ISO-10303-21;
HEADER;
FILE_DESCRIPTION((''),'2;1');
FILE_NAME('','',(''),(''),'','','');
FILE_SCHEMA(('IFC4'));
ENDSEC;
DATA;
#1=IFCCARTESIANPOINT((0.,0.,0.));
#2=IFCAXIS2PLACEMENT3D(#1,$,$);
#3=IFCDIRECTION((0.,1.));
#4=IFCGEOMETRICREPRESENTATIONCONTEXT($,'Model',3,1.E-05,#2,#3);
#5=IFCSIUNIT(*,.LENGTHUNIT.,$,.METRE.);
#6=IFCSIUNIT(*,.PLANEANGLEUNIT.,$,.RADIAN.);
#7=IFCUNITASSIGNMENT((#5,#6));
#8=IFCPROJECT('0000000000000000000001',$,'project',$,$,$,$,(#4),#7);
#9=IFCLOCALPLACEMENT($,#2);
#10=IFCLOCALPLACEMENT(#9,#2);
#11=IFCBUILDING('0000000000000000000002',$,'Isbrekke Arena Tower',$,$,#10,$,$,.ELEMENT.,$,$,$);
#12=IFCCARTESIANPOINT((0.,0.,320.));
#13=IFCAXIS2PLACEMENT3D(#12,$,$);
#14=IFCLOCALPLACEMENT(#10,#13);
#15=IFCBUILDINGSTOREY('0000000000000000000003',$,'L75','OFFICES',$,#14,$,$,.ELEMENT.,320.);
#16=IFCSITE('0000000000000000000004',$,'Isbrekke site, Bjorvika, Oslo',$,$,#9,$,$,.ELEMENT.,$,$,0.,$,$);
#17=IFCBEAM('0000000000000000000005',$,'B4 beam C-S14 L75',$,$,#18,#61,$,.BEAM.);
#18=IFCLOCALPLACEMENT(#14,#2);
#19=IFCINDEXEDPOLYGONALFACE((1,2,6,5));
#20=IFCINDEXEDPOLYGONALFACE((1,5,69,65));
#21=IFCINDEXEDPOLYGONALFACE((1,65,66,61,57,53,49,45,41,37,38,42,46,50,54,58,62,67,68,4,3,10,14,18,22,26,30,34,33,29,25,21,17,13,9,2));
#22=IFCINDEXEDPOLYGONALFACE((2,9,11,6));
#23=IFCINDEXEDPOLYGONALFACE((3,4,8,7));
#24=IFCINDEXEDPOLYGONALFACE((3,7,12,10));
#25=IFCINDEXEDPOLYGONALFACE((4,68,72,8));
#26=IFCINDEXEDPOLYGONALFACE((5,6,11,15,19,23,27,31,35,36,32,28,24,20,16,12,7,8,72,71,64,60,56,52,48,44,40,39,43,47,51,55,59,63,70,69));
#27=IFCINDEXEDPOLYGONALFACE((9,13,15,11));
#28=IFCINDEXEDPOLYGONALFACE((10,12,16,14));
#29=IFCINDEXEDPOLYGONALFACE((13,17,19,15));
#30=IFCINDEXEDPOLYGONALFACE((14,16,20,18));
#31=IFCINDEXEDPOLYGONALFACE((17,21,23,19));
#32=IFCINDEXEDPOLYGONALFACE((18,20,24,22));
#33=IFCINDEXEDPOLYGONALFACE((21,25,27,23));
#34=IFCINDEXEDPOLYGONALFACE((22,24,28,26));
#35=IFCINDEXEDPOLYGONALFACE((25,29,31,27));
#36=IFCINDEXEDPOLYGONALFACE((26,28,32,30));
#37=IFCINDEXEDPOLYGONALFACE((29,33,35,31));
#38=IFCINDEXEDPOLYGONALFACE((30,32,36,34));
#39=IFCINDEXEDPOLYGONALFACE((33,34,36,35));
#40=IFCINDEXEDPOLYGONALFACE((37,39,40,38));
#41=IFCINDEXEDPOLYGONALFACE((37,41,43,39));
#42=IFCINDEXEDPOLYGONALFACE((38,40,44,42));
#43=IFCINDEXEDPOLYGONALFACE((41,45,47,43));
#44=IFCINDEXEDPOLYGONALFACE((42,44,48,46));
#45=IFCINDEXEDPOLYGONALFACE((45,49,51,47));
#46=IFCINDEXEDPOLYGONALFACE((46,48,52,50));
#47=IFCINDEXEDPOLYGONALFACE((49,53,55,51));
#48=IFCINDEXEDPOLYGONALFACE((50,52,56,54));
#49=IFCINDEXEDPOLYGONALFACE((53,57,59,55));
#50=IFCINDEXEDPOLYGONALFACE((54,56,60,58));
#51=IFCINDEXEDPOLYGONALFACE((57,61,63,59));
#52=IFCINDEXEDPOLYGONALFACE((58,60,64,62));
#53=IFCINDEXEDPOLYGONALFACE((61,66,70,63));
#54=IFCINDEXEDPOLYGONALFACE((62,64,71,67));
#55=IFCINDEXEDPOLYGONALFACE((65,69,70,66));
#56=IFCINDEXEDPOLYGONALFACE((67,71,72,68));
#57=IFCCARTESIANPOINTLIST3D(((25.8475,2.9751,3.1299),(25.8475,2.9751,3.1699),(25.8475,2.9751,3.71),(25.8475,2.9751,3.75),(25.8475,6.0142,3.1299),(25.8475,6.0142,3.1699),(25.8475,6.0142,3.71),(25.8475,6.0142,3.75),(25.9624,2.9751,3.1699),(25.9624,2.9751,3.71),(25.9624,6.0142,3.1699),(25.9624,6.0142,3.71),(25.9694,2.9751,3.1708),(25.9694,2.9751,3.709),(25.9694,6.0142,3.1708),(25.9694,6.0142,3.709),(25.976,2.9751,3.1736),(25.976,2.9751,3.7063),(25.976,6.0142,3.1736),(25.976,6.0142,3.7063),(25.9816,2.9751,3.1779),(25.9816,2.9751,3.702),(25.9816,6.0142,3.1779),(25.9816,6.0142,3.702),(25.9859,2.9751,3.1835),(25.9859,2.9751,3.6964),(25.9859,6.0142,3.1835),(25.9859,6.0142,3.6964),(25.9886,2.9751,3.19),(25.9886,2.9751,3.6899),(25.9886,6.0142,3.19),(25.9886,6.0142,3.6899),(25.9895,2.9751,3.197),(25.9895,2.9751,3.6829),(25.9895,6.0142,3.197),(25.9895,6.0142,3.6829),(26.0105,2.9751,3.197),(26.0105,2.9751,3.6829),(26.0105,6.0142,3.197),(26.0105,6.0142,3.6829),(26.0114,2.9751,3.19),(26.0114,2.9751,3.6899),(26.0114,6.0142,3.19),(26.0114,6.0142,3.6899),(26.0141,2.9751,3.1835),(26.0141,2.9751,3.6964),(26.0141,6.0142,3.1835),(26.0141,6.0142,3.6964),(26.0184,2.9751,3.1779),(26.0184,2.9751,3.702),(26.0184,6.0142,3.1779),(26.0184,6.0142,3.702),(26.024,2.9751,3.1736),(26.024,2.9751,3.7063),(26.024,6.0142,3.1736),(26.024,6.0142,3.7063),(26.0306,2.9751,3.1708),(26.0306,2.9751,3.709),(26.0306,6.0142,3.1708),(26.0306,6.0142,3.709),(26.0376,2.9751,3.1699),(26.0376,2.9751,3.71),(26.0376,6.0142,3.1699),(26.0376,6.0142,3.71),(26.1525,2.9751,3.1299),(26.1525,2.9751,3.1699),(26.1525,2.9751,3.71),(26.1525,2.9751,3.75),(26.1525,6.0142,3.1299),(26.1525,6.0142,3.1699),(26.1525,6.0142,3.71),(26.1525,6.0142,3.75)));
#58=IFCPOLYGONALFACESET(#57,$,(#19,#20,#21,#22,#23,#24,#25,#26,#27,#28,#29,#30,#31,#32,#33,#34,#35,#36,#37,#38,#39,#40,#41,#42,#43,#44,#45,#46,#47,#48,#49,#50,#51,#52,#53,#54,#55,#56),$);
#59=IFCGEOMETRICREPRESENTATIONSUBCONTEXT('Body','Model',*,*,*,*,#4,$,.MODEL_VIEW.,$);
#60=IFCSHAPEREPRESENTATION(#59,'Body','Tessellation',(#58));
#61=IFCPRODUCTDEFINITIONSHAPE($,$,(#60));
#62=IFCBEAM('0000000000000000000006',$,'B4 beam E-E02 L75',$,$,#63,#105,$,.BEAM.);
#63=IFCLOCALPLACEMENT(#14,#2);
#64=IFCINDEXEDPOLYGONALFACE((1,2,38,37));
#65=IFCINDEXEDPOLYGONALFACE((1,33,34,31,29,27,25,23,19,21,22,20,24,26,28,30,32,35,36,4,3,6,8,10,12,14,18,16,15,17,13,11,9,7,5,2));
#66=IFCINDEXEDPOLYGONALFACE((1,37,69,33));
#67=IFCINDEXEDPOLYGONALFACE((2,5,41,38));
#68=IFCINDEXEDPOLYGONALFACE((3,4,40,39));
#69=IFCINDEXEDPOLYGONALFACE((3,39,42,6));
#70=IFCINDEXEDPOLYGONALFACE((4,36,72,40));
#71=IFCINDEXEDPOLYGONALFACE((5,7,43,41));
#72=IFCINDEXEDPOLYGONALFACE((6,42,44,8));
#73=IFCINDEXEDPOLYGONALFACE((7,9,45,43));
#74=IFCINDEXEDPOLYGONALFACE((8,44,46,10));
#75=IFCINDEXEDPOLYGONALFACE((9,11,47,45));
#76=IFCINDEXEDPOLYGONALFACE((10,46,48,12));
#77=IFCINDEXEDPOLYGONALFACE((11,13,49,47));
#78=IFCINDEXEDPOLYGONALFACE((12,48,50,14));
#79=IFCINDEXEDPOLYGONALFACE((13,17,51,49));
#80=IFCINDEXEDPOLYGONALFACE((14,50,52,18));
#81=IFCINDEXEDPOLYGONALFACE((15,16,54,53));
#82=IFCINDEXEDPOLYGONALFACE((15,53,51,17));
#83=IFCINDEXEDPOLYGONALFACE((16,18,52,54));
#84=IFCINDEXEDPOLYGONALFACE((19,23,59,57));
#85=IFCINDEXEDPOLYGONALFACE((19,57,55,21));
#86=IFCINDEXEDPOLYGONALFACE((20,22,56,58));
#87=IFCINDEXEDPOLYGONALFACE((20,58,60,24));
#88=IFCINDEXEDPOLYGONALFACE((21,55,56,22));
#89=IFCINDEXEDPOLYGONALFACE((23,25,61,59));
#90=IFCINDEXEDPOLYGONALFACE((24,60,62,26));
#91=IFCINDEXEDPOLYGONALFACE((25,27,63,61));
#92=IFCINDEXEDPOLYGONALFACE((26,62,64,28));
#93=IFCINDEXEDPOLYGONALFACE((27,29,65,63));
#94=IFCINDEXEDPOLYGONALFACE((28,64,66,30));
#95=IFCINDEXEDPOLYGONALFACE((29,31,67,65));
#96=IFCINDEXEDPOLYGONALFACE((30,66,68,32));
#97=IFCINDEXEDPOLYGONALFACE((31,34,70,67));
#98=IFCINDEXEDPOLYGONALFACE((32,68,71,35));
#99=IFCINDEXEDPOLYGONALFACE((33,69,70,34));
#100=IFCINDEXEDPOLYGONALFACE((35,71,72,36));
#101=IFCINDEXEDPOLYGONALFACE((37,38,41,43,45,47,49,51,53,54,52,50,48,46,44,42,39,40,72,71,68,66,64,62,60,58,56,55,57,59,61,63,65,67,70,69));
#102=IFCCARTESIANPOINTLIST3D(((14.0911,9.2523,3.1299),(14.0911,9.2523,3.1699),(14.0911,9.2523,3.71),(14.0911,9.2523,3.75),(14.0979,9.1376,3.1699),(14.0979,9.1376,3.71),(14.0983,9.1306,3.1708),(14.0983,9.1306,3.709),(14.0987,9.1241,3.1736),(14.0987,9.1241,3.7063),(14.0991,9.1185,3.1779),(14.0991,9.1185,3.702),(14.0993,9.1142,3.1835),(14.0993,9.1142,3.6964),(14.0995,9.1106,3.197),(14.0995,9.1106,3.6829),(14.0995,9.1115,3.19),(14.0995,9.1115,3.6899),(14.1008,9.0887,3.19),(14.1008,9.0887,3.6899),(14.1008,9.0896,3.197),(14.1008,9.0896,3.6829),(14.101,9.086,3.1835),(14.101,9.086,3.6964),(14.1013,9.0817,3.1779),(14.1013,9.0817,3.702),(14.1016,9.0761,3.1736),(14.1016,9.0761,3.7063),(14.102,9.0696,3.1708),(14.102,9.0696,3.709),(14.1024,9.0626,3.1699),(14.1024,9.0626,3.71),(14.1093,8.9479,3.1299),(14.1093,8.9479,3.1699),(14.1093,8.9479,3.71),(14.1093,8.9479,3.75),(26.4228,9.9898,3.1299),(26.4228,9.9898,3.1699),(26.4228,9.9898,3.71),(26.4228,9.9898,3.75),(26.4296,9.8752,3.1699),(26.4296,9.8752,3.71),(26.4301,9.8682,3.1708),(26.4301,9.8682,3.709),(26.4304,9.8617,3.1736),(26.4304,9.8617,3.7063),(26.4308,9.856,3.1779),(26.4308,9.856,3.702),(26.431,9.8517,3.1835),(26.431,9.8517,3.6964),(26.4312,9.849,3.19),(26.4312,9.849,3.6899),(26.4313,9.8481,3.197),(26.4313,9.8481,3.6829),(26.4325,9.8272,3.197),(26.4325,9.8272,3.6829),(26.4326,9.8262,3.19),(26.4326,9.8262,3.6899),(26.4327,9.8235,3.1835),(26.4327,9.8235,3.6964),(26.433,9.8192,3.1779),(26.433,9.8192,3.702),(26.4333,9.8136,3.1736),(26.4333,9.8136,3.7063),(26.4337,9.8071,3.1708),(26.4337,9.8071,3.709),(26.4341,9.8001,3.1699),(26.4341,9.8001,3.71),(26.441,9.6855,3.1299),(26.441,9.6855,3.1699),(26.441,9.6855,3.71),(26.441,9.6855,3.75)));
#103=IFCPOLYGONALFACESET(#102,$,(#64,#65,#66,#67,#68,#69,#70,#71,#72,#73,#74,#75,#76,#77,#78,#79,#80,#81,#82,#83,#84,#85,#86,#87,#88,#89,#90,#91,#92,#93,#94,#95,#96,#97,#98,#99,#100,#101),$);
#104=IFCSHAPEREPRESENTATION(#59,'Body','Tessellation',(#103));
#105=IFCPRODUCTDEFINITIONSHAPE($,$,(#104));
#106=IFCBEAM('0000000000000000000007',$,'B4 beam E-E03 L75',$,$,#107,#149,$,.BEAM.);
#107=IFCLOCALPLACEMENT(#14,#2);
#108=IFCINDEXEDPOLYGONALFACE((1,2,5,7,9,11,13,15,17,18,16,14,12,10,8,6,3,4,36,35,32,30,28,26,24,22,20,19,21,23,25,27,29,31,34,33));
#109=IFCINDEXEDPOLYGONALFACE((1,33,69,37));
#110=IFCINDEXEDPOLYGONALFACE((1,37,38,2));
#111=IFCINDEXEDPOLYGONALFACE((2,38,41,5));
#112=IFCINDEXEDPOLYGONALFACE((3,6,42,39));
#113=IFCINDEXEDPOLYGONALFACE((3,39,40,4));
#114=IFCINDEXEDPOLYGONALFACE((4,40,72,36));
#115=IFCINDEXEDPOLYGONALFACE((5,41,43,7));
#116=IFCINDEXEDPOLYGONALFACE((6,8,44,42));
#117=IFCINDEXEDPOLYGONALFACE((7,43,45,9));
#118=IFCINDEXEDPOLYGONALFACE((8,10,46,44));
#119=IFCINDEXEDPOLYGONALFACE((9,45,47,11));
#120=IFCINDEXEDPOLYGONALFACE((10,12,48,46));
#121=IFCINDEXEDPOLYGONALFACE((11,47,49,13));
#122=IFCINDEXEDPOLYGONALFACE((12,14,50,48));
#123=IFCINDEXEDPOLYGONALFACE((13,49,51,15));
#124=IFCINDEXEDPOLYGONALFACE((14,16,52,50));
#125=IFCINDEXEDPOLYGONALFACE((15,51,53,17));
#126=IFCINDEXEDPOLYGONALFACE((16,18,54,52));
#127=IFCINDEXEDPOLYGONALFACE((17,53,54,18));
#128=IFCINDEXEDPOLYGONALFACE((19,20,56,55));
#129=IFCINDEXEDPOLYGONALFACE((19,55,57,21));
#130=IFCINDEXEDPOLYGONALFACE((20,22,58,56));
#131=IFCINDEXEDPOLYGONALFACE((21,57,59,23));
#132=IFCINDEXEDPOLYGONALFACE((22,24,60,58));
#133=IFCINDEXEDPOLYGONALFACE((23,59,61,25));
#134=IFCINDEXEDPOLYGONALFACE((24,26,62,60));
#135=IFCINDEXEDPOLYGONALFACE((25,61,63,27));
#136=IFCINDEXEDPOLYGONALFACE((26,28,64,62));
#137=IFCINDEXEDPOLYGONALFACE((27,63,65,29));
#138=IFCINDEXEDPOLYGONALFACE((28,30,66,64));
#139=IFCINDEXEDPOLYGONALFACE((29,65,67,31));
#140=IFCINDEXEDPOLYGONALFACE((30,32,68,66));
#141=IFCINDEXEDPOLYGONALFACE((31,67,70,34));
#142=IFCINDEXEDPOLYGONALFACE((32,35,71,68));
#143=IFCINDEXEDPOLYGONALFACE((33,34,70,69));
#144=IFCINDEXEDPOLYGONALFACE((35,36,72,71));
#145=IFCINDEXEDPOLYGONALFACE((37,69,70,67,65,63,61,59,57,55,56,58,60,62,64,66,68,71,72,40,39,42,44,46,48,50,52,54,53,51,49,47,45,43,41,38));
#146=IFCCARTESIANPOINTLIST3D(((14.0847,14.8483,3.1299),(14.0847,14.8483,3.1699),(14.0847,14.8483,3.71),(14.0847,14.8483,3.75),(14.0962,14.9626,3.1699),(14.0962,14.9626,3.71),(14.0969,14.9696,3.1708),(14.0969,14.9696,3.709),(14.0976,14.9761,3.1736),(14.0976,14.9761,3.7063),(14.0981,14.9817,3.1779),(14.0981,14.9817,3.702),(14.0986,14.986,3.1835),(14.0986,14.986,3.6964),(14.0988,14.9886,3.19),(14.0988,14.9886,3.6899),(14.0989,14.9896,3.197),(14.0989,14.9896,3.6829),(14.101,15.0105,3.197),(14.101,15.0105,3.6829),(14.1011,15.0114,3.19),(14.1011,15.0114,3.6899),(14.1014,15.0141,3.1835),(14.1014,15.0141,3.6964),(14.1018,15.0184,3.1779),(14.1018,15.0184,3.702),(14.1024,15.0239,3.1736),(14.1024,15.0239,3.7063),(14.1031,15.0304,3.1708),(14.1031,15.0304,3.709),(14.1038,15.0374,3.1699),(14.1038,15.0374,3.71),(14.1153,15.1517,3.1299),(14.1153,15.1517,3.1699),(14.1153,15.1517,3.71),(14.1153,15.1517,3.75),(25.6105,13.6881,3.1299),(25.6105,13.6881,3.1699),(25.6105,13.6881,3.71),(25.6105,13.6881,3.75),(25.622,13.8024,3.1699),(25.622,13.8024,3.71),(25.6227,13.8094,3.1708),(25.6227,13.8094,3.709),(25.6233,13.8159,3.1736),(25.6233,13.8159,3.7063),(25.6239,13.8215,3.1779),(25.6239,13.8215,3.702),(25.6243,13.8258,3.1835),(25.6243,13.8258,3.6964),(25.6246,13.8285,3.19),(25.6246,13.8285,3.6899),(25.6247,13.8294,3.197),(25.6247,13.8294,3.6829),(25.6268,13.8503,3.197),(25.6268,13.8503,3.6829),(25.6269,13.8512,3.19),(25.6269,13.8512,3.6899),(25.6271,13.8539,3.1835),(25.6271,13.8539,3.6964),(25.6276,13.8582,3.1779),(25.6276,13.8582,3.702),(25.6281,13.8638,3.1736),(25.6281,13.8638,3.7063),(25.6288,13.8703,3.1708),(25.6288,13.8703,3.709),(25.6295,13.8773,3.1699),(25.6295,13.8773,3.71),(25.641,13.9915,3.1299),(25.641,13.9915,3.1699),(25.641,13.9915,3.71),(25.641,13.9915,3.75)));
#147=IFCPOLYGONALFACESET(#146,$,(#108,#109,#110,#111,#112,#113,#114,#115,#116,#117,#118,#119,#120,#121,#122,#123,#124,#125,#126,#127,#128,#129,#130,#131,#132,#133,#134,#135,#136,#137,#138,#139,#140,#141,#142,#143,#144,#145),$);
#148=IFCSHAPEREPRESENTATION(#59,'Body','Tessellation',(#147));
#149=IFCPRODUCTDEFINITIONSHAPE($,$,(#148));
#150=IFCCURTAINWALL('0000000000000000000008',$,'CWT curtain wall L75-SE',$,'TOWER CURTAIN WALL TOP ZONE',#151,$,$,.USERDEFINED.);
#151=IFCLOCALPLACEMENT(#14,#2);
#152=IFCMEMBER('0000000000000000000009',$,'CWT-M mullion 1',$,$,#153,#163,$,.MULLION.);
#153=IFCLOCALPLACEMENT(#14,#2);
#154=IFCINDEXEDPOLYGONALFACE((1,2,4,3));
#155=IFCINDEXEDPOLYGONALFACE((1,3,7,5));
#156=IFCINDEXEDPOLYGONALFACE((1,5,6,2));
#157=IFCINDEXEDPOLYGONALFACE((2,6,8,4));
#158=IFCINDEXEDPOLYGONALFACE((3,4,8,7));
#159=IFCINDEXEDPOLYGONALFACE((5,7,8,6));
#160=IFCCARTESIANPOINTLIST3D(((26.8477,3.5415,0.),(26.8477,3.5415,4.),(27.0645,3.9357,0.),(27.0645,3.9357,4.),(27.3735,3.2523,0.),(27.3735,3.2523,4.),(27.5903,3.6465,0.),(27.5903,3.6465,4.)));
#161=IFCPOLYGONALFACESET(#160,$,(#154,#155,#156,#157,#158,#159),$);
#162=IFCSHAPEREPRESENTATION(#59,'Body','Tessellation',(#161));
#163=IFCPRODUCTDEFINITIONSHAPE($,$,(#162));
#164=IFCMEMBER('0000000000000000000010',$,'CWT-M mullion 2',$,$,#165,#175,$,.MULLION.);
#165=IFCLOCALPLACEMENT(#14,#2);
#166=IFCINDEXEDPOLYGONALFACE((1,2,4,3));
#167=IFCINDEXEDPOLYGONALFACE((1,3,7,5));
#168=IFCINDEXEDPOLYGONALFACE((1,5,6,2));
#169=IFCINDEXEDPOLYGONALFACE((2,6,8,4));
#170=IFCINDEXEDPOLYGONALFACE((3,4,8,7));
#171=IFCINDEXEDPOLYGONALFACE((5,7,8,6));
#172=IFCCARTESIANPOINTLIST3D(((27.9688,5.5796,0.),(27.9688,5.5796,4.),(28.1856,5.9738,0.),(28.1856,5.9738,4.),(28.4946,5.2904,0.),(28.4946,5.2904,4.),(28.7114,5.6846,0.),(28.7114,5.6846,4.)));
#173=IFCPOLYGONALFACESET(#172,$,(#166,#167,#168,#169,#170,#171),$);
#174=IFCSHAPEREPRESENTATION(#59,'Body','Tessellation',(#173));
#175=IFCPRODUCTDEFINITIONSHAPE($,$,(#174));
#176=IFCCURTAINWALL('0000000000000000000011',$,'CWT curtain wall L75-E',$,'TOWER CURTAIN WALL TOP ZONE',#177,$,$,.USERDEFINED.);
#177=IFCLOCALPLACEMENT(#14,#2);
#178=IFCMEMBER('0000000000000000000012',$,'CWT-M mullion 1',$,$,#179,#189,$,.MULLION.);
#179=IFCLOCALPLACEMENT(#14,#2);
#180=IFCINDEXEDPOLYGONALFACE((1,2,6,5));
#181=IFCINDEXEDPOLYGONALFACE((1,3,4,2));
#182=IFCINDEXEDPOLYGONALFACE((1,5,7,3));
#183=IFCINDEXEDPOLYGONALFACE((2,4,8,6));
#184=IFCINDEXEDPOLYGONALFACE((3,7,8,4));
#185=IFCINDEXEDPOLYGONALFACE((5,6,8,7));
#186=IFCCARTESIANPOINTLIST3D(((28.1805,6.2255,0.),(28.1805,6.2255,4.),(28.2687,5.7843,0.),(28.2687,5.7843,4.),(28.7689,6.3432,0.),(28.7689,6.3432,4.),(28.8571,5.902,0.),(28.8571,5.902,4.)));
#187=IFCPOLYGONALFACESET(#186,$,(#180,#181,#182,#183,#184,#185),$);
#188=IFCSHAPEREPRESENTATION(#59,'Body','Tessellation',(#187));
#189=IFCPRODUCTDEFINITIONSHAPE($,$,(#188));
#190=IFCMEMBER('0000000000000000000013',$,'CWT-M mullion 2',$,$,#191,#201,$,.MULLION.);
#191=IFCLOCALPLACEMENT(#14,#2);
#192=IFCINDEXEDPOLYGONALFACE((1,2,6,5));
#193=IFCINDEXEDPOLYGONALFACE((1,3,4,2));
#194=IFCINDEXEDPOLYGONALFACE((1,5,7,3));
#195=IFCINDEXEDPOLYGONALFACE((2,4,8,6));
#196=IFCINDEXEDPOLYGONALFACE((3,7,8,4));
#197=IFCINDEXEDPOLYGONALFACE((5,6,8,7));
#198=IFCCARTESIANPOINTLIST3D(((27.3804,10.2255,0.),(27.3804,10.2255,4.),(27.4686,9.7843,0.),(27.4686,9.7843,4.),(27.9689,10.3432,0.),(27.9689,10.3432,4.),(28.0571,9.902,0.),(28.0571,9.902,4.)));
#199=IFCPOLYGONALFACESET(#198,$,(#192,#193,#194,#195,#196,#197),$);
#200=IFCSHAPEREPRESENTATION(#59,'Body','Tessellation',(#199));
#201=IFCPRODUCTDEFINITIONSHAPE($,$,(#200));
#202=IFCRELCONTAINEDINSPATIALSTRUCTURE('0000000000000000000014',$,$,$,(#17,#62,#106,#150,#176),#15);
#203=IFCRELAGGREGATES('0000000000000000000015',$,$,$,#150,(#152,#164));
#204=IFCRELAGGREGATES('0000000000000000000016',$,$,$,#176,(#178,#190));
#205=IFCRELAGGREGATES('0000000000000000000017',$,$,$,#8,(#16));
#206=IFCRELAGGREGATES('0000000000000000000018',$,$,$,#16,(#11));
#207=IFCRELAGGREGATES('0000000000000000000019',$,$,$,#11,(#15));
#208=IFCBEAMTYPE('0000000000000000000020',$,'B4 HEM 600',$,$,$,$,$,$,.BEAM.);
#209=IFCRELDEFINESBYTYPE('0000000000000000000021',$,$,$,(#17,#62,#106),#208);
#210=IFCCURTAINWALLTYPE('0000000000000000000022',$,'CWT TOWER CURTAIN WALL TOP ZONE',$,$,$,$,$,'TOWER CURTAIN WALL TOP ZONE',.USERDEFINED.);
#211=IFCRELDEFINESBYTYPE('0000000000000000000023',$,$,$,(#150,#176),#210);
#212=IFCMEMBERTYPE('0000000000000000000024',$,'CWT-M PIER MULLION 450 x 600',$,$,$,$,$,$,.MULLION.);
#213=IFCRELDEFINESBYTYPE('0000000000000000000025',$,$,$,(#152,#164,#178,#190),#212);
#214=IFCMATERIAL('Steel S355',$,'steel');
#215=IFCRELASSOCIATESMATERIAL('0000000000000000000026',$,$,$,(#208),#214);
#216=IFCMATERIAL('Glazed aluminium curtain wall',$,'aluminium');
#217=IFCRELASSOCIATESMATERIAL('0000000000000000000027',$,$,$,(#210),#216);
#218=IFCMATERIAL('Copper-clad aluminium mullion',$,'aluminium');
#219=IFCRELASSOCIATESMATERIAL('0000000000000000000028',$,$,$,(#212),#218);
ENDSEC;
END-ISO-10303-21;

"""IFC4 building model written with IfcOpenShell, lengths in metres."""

from ifc_helpers import new_model, si_unit, direction, frame, origin, origin_2d, place, context, subcontext, project, spatial, rectangle, i_section, extrude, material, material_profile, profile_set, type_object, element, aggregate, save


model = new_model("IFC4")

# Units and contexts
model_context = context("Model", 3, precision=1e-05, world=origin(), true_north=direction((0.0, 1.0)))
body_context = subcontext(model_context, "Body", "Model", "MODEL_VIEW")
ifc_project = project(units=[si_unit("LENGTHUNIT", "METRE"), si_unit("PLANEANGLEUNIT", "RADIAN")], contexts=[model_context])

# Site, building, storey
site_placement = place(None, origin())
site = spatial("IfcSite", under=ifc_project, at=site_placement, Name="Isbrekke site, Bjorvika, Oslo", CompositionType="ELEMENT", RefElevation=0.0)
building_placement = place(site_placement, origin())
building = spatial("IfcBuilding", under=site, at=building_placement, Name="Isbrekke Arena Tower", CompositionType="ELEMENT")
storey_placement = place(building_placement, frame((0.0, 0.0, 320.0)))
storey = spatial("IfcBuildingStorey", under=building, at=storey_placement, Name="L75", Description="OFFICES", CompositionType="ELEMENT", Elevation=320.0)

# Beams
ifc_material_1 = material(Name="Steel S355", Category="steel")
ifc_material_profile_1 = material_profile(ifc_material_1, i_section(OverallWidth=0.3049, OverallDepth=0.6201, WebThickness=0.021, FlangeThickness=0.04, FilletRadius=0.0271, at=origin_2d()), Name="HEM 600")
ifc_profile_set_1 = profile_set([ifc_material_profile_1], Name="Steel S355")
beam_type_1 = type_object("IfcBeamType", Name="B4 HEM 600", PredefinedType="BEAM", material=ifc_profile_set_1)
beam_1_placement = place(storey_placement, frame((26.0, 2.9751, 3.4399), z_axis=(0.0, 1.0, 0.0), x_axis=(-1.0, 0.0, 0.0)))
element("IfcBeam", 1, at=beam_1_placement, inside=storey, type_object=beam_type_1, Name="B4 beam C-S14 L75", PredefinedType="BEAM", context=body_context, shape_type="SweptSolid", body=[
    extrude(i_section(OverallWidth=0.3049, OverallDepth=0.6201, WebThickness=0.021, FlangeThickness=0.04, FilletRadius=0.0271, at=origin_2d()), origin(), (0.0, 0.0, 1.0), 3.0391),
])
beam_2_placement = place(storey_placement, frame((26.4319, 9.8376, 3.4399), z_axis=(-0.998216, -0.059702, 0.0), x_axis=(0.059702, -0.998216, 0.0)))
element("IfcBeam", 2, at=beam_2_placement, inside=storey, type_object=beam_type_1, Name="B4 beam E-E02 L75", PredefinedType="BEAM", context=body_context, shape_type="SweptSolid", body=[
    extrude(i_section(OverallWidth=0.3049, OverallDepth=0.6201, WebThickness=0.021, FlangeThickness=0.04, FilletRadius=0.0271, at=origin_2d()), origin(), (0.0, 0.0, 1.0), 12.3538),
])
beam_3_placement = place(storey_placement, frame((25.6257, 13.8398, 3.4399), z_axis=(-0.994972, 0.100153, 0.0), x_axis=(-0.100153, -0.994972, 0.0)))
element("IfcBeam", 3, at=beam_3_placement, inside=storey, type_object=beam_type_1, Name="B4 beam E-E03 L75", PredefinedType="BEAM", context=body_context, shape_type="SweptSolid", body=[
    extrude(i_section(OverallWidth=0.3049, OverallDepth=0.6201, WebThickness=0.021, FlangeThickness=0.04, FilletRadius=0.0271, at=origin_2d()), origin(), (0.0, 0.0, 1.0), 11.584),
])

# Curtain walls, members
ifc_material_2 = material(Name="Glazed aluminium curtain wall", Category="aluminium")
curtain_wall_type = type_object("IfcCurtainWallType", Name="CWT TOWER CURTAIN WALL TOP ZONE", ElementType="TOWER CURTAIN WALL TOP ZONE", PredefinedType="USERDEFINED", material=ifc_material_2)
curtain_wall_1_placement = place(storey_placement, origin())
curtain_wall_1 = element("IfcCurtainWall", 4, at=curtain_wall_1_placement, inside=storey, type_object=curtain_wall_type, Name="CWT curtain wall L75-SE", ObjectType="TOWER CURTAIN WALL TOP ZONE", PredefinedType="USERDEFINED")
ifc_material_3 = material(Name="Copper-clad aluminium mullion", Category="aluminium")
ifc_material_profile_2 = material_profile(ifc_material_3, rectangle(XDim=0.45, YDim=0.6001, at=origin_2d()), Name="PIER 450X600")
ifc_profile_set_2 = profile_set([ifc_material_profile_2], Name="Copper-clad aluminium mullion")
member_type_1 = type_object("IfcMemberType", Name="CWT-M PIER MULLION 450 x 600", PredefinedType="MULLION", material=ifc_profile_set_2)
member_1_placement = place(storey_placement, frame((27.219, 3.594, 0.0), z_axis=(0.0, 0.0, 1.0), x_axis=(0.481919, 0.876216, 0.0)))
member_1 = element("IfcMember", 5, at=member_1_placement, type_object=member_type_1, Name="CWT-M mullion 1", PredefinedType="MULLION", context=body_context, shape_type="SweptSolid", body=[
    extrude(rectangle(XDim=0.45, YDim=0.6001, at=origin_2d()), origin(), (0.0, 0.0, 1.0), 4.0),
])
member_2_placement = place(storey_placement, frame((28.3401, 5.6321, 0.0), z_axis=(0.0, 0.0, 1.0), x_axis=(0.481919, 0.876216, 0.0)))
member_2 = element("IfcMember", 6, at=member_2_placement, type_object=member_type_1, Name="CWT-M mullion 2", PredefinedType="MULLION", context=body_context, shape_type="SweptSolid", body=[
    extrude(rectangle(XDim=0.45, YDim=0.6001, at=origin_2d()), origin(), (0.0, 0.0, 1.0), 4.0),
])
curtain_wall_2_placement = place(storey_placement, origin())
curtain_wall_2 = element("IfcCurtainWall", 7, at=curtain_wall_2_placement, inside=storey, type_object=curtain_wall_type, Name="CWT curtain wall L75-E", ObjectType="TOWER CURTAIN WALL TOP ZONE", PredefinedType="USERDEFINED")
member_3_placement = place(storey_placement, frame((28.5188, 6.0637, 0.0), z_axis=(0.0, 0.0, 1.0), x_axis=(-0.196116, 0.980581, 0.0)))
member_3 = element("IfcMember", 8, at=member_3_placement, type_object=member_type_1, Name="CWT-M mullion 1", PredefinedType="MULLION", context=body_context, shape_type="SweptSolid", body=[
    extrude(rectangle(XDim=0.45, YDim=0.6001, at=origin_2d()), origin(), (0.0, 0.0, 1.0), 4.0),
])
member_4_placement = place(storey_placement, frame((27.7188, 10.0637, 0.0), z_axis=(0.0, 0.0, 1.0), x_axis=(-0.196116, 0.980581, 0.0)))
member_4 = element("IfcMember", 9, at=member_4_placement, type_object=member_type_1, Name="CWT-M mullion 2", PredefinedType="MULLION", context=body_context, shape_type="SweptSolid", body=[
    extrude(rectangle(XDim=0.45, YDim=0.6001, at=origin_2d()), origin(), (0.0, 0.0, 1.0), 4.0),
])

aggregate(curtain_wall_1, [member_1, member_2])
aggregate(curtain_wall_2, [member_3, member_4])

save(model, "model.ifc")
